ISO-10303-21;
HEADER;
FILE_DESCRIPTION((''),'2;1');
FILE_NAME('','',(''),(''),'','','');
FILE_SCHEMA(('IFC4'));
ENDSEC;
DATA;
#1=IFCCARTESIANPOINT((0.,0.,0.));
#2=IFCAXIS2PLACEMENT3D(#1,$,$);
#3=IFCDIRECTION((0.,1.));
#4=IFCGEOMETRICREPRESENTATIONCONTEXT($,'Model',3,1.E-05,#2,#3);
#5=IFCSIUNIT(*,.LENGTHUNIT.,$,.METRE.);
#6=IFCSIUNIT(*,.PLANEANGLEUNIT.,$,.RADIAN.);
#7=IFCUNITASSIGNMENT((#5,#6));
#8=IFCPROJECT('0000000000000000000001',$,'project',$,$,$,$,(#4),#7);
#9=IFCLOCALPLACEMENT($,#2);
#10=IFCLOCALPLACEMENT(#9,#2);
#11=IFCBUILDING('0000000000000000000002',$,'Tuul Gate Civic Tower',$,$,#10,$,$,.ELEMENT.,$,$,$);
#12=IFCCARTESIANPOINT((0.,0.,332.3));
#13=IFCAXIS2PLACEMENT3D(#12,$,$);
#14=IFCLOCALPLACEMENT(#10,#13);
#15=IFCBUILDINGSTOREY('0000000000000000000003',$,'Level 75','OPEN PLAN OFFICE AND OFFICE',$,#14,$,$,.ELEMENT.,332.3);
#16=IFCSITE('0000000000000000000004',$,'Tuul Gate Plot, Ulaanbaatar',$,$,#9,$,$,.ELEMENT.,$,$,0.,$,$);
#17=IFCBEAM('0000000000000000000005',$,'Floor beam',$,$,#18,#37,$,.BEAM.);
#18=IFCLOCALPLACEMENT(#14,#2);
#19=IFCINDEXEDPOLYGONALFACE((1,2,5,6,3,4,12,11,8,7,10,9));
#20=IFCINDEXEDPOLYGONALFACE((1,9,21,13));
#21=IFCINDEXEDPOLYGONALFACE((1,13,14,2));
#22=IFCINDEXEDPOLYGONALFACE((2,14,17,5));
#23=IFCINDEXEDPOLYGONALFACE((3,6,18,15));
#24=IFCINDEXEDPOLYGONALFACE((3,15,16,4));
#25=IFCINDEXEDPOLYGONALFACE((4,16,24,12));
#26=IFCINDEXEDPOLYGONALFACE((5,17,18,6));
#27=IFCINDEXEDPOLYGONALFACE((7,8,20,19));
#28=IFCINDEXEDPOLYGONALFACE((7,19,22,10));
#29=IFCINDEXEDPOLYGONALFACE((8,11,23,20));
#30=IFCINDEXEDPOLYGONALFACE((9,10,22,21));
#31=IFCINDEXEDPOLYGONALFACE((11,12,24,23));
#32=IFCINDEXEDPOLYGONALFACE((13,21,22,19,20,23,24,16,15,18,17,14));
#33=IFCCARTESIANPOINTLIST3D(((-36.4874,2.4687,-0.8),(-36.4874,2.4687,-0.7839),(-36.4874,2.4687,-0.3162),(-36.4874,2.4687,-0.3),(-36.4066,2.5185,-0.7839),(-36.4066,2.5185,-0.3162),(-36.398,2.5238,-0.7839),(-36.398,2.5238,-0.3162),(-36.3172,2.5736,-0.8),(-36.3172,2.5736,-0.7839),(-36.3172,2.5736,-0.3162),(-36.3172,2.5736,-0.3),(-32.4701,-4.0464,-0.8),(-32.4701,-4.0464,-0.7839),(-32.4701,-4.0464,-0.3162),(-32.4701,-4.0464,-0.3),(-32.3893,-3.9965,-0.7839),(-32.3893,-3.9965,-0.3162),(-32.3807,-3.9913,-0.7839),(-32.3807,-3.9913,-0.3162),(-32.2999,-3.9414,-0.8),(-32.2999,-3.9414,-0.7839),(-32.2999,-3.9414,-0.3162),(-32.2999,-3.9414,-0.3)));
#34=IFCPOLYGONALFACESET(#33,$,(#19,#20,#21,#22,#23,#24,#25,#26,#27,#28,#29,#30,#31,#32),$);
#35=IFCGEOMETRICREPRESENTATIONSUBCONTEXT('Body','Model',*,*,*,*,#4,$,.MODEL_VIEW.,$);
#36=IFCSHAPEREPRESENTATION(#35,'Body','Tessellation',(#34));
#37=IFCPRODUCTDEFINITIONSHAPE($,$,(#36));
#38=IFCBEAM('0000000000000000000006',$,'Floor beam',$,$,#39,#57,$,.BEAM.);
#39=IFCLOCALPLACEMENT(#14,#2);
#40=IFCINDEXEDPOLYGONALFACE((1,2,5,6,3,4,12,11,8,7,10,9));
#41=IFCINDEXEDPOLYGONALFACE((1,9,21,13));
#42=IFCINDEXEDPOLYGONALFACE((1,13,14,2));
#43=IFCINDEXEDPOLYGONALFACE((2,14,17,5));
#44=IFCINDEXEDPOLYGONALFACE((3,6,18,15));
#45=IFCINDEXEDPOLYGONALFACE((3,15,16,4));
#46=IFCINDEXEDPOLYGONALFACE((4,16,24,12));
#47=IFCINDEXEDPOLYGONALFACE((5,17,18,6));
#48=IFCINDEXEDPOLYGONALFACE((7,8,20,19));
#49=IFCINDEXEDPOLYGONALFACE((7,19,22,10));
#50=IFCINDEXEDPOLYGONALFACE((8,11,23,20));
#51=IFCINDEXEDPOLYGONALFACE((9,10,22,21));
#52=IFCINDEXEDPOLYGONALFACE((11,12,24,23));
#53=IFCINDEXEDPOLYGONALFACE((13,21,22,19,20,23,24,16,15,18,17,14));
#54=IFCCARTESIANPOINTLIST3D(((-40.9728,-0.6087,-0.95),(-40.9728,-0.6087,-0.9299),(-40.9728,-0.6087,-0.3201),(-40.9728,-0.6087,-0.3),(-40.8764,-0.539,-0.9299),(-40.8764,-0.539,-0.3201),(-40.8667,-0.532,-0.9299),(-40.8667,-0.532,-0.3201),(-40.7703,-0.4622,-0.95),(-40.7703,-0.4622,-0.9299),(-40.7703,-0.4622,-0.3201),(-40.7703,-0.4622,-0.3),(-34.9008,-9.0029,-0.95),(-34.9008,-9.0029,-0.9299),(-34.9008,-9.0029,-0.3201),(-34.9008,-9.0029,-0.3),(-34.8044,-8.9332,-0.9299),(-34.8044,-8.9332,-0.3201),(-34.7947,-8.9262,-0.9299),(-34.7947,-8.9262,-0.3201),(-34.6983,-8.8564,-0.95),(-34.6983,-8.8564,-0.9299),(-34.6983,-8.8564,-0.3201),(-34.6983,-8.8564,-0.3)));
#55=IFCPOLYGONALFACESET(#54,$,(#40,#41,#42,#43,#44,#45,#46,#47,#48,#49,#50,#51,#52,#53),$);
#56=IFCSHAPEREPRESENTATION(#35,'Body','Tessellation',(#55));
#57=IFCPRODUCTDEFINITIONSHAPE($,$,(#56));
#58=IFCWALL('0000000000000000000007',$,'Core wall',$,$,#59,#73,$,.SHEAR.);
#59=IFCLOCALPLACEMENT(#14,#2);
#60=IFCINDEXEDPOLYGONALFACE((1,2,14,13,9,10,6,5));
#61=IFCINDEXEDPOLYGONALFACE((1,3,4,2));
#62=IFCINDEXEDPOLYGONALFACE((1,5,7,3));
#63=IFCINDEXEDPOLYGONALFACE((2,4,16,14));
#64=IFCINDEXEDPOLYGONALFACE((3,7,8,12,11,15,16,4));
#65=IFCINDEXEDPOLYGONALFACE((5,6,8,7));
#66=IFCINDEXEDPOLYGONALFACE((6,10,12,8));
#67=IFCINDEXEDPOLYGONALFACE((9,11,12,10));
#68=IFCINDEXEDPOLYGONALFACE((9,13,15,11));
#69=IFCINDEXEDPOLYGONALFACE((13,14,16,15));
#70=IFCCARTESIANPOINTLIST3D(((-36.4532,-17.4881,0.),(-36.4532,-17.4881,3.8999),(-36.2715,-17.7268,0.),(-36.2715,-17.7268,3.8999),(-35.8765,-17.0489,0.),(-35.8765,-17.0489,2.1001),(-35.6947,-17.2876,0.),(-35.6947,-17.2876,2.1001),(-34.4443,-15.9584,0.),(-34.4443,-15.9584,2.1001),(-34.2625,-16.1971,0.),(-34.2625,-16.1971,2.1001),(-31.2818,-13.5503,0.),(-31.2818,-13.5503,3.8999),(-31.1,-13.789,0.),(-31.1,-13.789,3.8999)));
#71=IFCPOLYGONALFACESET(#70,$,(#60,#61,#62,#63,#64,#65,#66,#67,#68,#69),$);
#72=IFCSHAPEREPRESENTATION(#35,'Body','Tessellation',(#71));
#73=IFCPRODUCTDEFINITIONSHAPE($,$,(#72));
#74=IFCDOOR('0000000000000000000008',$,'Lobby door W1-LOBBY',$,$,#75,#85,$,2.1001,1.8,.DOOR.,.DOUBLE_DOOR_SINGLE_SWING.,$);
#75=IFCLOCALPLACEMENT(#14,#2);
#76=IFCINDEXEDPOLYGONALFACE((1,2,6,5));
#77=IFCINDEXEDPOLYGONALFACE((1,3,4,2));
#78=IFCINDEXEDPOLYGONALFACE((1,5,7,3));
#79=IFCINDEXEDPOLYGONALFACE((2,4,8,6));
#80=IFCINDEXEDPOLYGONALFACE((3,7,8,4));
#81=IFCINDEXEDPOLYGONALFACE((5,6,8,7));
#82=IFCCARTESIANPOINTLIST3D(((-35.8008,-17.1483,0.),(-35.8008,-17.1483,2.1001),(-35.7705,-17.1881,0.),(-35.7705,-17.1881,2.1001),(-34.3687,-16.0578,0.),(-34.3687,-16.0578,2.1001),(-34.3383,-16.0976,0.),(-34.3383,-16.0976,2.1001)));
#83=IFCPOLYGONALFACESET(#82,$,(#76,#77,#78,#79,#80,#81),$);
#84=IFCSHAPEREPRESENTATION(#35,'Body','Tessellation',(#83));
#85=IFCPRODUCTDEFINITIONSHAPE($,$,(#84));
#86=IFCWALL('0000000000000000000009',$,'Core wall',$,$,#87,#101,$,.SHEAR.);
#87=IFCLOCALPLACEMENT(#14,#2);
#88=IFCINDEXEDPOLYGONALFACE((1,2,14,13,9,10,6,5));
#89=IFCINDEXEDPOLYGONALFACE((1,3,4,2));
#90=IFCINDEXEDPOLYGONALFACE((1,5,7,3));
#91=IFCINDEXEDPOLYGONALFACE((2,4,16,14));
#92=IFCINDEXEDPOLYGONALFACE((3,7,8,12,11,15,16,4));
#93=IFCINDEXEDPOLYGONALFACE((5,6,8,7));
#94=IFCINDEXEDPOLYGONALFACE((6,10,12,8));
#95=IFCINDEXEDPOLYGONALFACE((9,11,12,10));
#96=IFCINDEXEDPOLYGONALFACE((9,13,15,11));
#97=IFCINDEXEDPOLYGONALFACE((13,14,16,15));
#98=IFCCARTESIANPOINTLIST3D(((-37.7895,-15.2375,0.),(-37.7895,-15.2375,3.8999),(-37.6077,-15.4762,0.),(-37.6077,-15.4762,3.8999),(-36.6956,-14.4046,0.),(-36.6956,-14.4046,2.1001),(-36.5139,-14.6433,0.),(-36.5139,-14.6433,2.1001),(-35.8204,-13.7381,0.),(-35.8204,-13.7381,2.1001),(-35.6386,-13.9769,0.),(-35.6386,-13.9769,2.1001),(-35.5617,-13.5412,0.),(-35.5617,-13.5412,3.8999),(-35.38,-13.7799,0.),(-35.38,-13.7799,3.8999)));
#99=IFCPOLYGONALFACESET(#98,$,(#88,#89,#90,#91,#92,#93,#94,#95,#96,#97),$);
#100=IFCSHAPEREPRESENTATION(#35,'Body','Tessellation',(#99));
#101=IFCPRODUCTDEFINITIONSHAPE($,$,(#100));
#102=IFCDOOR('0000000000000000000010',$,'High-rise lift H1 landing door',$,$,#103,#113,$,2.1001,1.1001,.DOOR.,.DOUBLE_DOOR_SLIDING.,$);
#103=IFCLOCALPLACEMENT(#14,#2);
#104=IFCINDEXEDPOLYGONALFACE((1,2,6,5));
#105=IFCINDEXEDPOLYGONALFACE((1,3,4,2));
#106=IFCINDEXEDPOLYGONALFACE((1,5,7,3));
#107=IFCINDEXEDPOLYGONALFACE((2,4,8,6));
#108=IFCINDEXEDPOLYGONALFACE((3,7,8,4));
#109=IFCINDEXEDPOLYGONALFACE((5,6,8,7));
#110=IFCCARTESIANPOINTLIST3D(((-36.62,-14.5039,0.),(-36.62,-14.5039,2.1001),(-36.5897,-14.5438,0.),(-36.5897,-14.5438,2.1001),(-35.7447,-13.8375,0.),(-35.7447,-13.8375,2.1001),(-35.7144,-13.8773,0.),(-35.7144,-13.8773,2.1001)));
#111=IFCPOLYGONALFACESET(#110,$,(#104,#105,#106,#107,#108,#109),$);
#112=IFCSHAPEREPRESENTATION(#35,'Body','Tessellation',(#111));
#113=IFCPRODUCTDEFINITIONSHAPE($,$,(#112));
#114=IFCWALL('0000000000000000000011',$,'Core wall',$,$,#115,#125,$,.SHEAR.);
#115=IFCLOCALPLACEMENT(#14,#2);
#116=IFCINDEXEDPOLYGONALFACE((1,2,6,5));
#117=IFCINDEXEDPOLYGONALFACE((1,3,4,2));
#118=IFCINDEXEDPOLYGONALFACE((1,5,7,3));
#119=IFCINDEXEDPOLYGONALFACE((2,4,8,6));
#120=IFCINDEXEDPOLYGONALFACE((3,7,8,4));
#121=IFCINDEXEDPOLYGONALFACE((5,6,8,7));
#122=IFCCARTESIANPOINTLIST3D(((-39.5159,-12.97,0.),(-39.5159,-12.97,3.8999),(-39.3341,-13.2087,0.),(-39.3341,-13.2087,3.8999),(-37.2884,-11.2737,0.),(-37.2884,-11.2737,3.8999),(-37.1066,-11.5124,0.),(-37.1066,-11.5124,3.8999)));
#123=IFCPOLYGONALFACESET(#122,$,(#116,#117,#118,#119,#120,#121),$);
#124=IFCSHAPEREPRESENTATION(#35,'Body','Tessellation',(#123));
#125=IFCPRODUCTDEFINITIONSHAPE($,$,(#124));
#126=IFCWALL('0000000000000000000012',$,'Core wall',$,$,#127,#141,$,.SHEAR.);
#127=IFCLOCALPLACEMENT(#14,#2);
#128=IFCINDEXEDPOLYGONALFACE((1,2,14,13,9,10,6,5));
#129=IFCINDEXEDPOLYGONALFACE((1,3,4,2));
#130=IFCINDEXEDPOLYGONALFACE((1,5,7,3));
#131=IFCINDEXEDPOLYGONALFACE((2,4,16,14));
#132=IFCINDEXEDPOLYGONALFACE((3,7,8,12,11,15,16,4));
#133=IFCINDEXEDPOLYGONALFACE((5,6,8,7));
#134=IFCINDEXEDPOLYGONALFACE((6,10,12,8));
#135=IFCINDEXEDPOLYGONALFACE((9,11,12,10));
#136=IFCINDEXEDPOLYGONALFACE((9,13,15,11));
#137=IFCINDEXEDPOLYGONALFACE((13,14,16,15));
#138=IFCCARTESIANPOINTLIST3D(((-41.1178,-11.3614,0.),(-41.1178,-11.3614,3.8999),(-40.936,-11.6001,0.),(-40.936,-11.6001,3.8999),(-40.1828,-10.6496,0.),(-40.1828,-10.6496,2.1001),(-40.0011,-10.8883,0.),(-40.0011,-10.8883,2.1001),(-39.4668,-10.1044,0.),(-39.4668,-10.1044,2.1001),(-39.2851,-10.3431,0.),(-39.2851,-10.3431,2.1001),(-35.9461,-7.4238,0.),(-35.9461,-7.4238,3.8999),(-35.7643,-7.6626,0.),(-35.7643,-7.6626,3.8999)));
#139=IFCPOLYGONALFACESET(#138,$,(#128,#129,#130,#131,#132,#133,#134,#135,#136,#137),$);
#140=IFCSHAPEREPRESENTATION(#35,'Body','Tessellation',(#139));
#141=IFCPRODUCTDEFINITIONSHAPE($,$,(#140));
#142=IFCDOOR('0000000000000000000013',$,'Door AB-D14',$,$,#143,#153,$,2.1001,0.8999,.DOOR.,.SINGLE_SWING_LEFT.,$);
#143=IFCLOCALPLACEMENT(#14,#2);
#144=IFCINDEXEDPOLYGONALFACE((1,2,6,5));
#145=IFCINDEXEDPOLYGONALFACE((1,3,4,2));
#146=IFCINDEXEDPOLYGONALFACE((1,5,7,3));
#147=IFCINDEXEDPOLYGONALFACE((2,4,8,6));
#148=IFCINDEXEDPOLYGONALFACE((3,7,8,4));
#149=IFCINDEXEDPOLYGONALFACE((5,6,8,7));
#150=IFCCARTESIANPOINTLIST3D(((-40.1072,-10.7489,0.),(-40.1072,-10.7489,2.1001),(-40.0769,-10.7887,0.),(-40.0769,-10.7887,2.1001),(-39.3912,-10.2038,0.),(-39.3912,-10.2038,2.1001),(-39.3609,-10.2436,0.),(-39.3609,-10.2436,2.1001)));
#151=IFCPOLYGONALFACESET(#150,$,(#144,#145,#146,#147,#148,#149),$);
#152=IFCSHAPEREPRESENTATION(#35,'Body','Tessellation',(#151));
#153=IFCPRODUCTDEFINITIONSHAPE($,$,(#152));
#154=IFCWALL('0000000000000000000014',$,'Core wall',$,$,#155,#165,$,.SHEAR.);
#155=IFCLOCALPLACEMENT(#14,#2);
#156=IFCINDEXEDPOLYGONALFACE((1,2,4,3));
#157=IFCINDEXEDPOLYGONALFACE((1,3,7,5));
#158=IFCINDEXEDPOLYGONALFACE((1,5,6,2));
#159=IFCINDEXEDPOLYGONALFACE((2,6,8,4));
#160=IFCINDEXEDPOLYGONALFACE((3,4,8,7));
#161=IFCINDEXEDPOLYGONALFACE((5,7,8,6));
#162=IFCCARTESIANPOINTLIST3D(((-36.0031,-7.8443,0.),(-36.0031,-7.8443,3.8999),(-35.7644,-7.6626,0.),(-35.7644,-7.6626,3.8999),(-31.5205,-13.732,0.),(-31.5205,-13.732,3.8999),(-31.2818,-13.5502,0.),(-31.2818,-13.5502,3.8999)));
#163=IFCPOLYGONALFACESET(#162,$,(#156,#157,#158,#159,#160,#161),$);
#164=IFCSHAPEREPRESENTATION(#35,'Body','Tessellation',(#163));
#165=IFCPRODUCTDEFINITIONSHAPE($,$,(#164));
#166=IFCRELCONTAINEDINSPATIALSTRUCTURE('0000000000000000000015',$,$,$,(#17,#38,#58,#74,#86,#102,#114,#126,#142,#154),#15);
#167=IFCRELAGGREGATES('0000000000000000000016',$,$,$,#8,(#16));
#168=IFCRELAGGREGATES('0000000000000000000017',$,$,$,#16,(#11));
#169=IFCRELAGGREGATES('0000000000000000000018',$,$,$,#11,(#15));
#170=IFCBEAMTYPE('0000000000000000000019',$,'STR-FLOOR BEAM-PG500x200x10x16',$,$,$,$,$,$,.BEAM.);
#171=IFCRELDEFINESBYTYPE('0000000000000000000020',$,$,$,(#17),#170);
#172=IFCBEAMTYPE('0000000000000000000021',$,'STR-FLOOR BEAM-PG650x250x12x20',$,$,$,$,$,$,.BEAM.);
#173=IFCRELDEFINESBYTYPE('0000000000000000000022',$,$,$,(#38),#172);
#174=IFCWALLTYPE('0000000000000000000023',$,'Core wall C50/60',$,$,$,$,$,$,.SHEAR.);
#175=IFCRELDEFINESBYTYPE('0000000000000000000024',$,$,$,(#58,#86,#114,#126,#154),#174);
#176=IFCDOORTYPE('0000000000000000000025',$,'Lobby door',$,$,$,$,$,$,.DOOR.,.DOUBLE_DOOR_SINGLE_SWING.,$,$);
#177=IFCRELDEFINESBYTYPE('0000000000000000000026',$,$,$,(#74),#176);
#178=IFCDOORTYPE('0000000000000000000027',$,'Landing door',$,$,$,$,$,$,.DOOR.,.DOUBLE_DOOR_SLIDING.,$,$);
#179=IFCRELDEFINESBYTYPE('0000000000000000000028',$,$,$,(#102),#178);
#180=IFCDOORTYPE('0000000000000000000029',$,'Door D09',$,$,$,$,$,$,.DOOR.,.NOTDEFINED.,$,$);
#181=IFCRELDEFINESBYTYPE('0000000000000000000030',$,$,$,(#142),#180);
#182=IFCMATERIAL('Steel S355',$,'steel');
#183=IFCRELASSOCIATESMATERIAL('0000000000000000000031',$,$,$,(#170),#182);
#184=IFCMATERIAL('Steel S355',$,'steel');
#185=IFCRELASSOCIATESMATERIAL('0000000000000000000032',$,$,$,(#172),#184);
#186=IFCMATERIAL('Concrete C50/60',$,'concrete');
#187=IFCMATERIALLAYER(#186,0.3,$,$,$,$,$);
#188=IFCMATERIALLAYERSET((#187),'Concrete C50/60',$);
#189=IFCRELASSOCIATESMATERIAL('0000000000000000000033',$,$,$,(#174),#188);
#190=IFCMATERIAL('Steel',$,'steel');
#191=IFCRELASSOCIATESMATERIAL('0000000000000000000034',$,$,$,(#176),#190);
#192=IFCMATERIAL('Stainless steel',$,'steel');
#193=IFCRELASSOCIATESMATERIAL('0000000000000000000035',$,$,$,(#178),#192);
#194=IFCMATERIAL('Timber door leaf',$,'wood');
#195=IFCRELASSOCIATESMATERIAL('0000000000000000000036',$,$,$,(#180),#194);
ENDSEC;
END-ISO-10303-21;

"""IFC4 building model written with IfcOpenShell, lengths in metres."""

from ifc_helpers import new_model, si_unit, direction, frame, frame_2d, origin, origin_2d, place, context, subcontext, project, spatial, rectangle, i_section, extrude, material, layer, layer_set, material_profile, profile_set, type_object, element, fill, save


model = new_model("IFC4")

# Units and contexts
model_context = context("Model", 3, precision=1e-05, world=origin(), true_north=direction((0.0, 1.0)))
body_context = subcontext(model_context, "Body", "Model", "MODEL_VIEW")
ifc_project = project(units=[si_unit("LENGTHUNIT", "METRE"), si_unit("PLANEANGLEUNIT", "RADIAN")], contexts=[model_context])

# Site, building, storey
site_placement = place(None, origin())
site = spatial("IfcSite", under=ifc_project, at=site_placement, Name="Tuul Gate Plot, Ulaanbaatar", CompositionType="ELEMENT", RefElevation=0.0)
building_placement = place(site_placement, origin())
building = spatial("IfcBuilding", under=site, at=building_placement, Name="Tuul Gate Civic Tower", CompositionType="ELEMENT")
storey_placement = place(building_placement, frame((0.0, 0.0, 332.3)))
storey = spatial("IfcBuildingStorey", under=building, at=storey_placement, Name="Level 75", Description="OPEN PLAN OFFICE AND OFFICE", CompositionType="ELEMENT", Elevation=332.3)

# Beams
ifc_material_1 = material(Name="Steel S355", Category="steel")
ifc_material_profile_1 = material_profile(ifc_material_1, i_section(OverallWidth=0.2, OverallDepth=0.5, WebThickness=0.01, FlangeThickness=0.0161, at=origin_2d()), Name="PG500x200x10x16")
ifc_profile_set_1 = profile_set([ifc_material_profile_1], Name="Steel S355")
beam_type_1 = type_object("IfcBeamType", Name="STR-FLOOR BEAM-PG500x200x10x16", PredefinedType="BEAM", material=ifc_profile_set_1)
beam_1_placement = place(storey_placement, frame((-32.385, -3.9939, -0.55), z_axis=(-0.524857, 0.85119, 0.0), x_axis=(-0.85119, -0.524857, 0.0)))
element("IfcBeam", 1, at=beam_1_placement, inside=storey, type_object=beam_type_1, Name="Floor beam", PredefinedType="BEAM", context=body_context, shape_type="SweptSolid", body=[
    extrude(i_section(OverallWidth=0.2, OverallDepth=0.5, WebThickness=0.01, FlangeThickness=0.0161, at=origin_2d()), origin(), (0.0, 0.0, 1.0), 7.6541),
])
ifc_material_2 = material(Name="Steel S355", Category="steel")
ifc_material_profile_2 = material_profile(ifc_material_2, i_section(OverallWidth=0.25, OverallDepth=0.6499, WebThickness=0.012, FlangeThickness=0.02, at=origin_2d()), Name="PG650x250x12x20")
ifc_profile_set_2 = profile_set([ifc_material_profile_2], Name="Steel S355")
beam_type_2 = type_object("IfcBeamType", Name="STR-FLOOR BEAM-PG650x250x12x20", PredefinedType="BEAM", material=ifc_profile_set_2)
beam_2_placement = place(storey_placement, frame((-34.7996, -8.9297, -0.625), z_axis=(-0.586092, 0.810245, 0.0), x_axis=(-0.810245, -0.586092, 0.0)))
element("IfcBeam", 2, at=beam_2_placement, inside=storey, type_object=beam_type_2, Name="Floor beam", PredefinedType="BEAM", context=body_context, shape_type="SweptSolid", body=[
    extrude(i_section(OverallWidth=0.25, OverallDepth=0.6499, WebThickness=0.012, FlangeThickness=0.02, at=origin_2d()), origin(), (0.0, 0.0, 1.0), 10.3601),
])

# Walls, openings, doors
ifc_material_3 = material(Name="Concrete C50/60", Category="concrete")
ifc_layer_1 = layer(ifc_material_3, 0.3)
ifc_layer_set_1 = layer_set([ifc_layer_1], Name="Concrete C50/60")
wall_type_1 = type_object("IfcWallType", Name="Core wall C50/60", PredefinedType="SHEAR", material=ifc_layer_set_1)
wall_1_placement = place(storey_placement, frame((-31.1909, -13.6697, 0.0), z_axis=(0.0, 0.0, 1.0), x_axis=(-0.795607, -0.605813, 0.0)))
wall_1 = element("IfcWall", 3, at=wall_1_placement, inside=storey, type_object=wall_type_1, Name="Core wall", PredefinedType="SHEAR", context=body_context, shape_type="SweptSolid", body=[
    extrude(rectangle(XDim=6.5, YDim=0.3, at=frame_2d((3.25, 0.0))), origin(), (0.0, 0.0, 1.0), 3.8999),
])
opening_1_placement = place(wall_1_placement, frame((3.9751, 0.0, 0.0)))
opening_1 = element("IfcOpeningElement", 4, at=opening_1_placement, cuts=wall_1, PredefinedType="OPENING", context=body_context, shape_type="SweptSolid", body=[
    extrude(rectangle(XDim=1.8, YDim=2.1001, at=frame_2d((0.8999, 1.05))), frame((0.0, 0.1602, 0.0), z_axis=(0.0, -1.0, 0.0), x_axis=(1.0, 0.0, 0.0)), (0.0, 0.0, 1.0), 0.3201),
])
ifc_material_4 = material(Name="Steel", Category="steel")
door_type_1 = type_object("IfcDoorType", Name="Lobby door", OperationType="DOUBLE_DOOR_SINGLE_SWING", PredefinedType="DOOR", material=ifc_material_4)
door_1_placement = place(opening_1_placement, origin())
door_1 = element("IfcDoor", 5, at=door_1_placement, inside=storey, type_object=door_type_1, Name="Lobby door W1-LOBBY", OperationType="DOUBLE_DOOR_SINGLE_SWING", OverallHeight=2.1001, OverallWidth=1.8, PredefinedType="DOOR", context=body_context, shape_type="SweptSolid", body=[
    extrude(rectangle(XDim=1.8, YDim=2.1001, at=frame_2d((0.8999, 1.05))), frame((0.0, 0.0249, 0.0), z_axis=(0.0, -1.0, 0.0), x_axis=(1.0, 0.0, 0.0)), (0.0, 0.0, 1.0), 0.05),
])
fill(opening_1, door_1)
wall_2_placement = place(storey_placement, frame((-35.4709, -13.6606, 0.0), z_axis=(0.0, 0.0, 1.0), x_axis=(-0.795616, -0.605802, 0.0)))
wall_2 = element("IfcWall", 6, at=wall_2_placement, inside=storey, type_object=wall_type_1, Name="Core wall", PredefinedType="SHEAR", context=body_context, shape_type="SweptSolid", body=[
    extrude(rectangle(XDim=2.8, YDim=0.3, at=frame_2d((1.3999, 0.0))), origin(), (0.0, 0.0, 1.0), 3.8999),
])
opening_2_placement = place(wall_2_placement, frame((0.325, 0.0, 0.0)))
opening_2 = element("IfcOpeningElement", 7, at=opening_2_placement, cuts=wall_2, PredefinedType="OPENING", context=body_context, shape_type="SweptSolid", body=[
    extrude(rectangle(XDim=1.1001, YDim=2.1001, at=frame_2d((0.55, 1.05))), frame((0.0, 0.1602, 0.0), z_axis=(0.0, -1.0, 0.0), x_axis=(1.0, 0.0, 0.0)), (0.0, 0.0, 1.0), 0.3201),
])
ifc_material_5 = material(Name="Stainless steel", Category="steel")
door_type_2 = type_object("IfcDoorType", Name="Landing door", OperationType="DOUBLE_DOOR_SLIDING", PredefinedType="DOOR", material=ifc_material_5)
door_2_placement = place(opening_2_placement, origin())
door_2 = element("IfcDoor", 8, at=door_2_placement, inside=storey, type_object=door_type_2, Name="High-rise lift H1 landing door", OperationType="DOUBLE_DOOR_SLIDING", OverallHeight=2.1001, OverallWidth=1.1001, PredefinedType="DOOR", context=body_context, shape_type="SweptSolid", body=[
    extrude(rectangle(XDim=1.1001, YDim=2.1001, at=frame_2d((0.55, 1.05))), frame((0.0, 0.0249, 0.0), z_axis=(0.0, -1.0, 0.0), x_axis=(1.0, 0.0, 0.0)), (0.0, 0.0, 1.0), 0.05),
])
fill(opening_2, door_2)

# Wall
wall_3_placement = place(storey_placement, frame((-37.1975, -11.3931, 0.0), z_axis=(0.0, 0.0, 1.0), x_axis=(-0.795584, -0.605844, 0.0)))
element("IfcWall", 9, at=wall_3_placement, inside=storey, type_object=wall_type_1, Name="Core wall", PredefinedType="SHEAR", context=body_context, shape_type="SweptSolid", body=[
    extrude(rectangle(XDim=2.7998, YDim=0.3, at=frame_2d((1.3999, 0.0))), origin(), (0.0, 0.0, 1.0), 3.8999),
])

# Wall, opening, door
wall_4_placement = place(storey_placement, frame((-35.8552, -7.5432, 0.0), z_axis=(0.0, 0.0, 1.0), x_axis=(-0.795639, -0.605772, 0.0)))
wall_4 = element("IfcWall", 10, at=wall_4_placement, inside=storey, type_object=wall_type_1, Name="Core wall", PredefinedType="SHEAR", context=body_context, shape_type="SweptSolid", body=[
    extrude(rectangle(XDim=6.5, YDim=0.3, at=frame_2d((3.25, 0.0))), origin(), (0.0, 0.0, 1.0), 3.8999),
])
opening_3_placement = place(wall_4_placement, frame((4.425, 0.0, 0.0)))
opening_3 = element("IfcOpeningElement", 11, at=opening_3_placement, cuts=wall_4, PredefinedType="OPENING", context=body_context, shape_type="SweptSolid", body=[
    extrude(rectangle(XDim=0.8999, YDim=2.1001, at=frame_2d((0.45, 1.05))), frame((0.0, 0.1602, 0.0), z_axis=(0.0, -1.0, 0.0), x_axis=(1.0, 0.0, 0.0)), (0.0, 0.0, 1.0), 0.3201),
])
ifc_material_6 = material(Name="Timber door leaf", Category="wood")
door_type_3 = type_object("IfcDoorType", Name="Door D09", OperationType="NOTDEFINED", PredefinedType="DOOR", material=ifc_material_6)
door_3_placement = place(opening_3_placement, origin())
door_3 = element("IfcDoor", 12, at=door_3_placement, inside=storey, type_object=door_type_3, Name="Door AB-D14", OperationType="SINGLE_SWING_LEFT", OverallHeight=2.1001, OverallWidth=0.8999, PredefinedType="DOOR", context=body_context, shape_type="SweptSolid", body=[
    extrude(rectangle(XDim=0.8999, YDim=2.1001, at=frame_2d((0.45, 1.05))), frame((0.0, 0.0249, 0.0), z_axis=(0.0, -1.0, 0.0), x_axis=(1.0, 0.0, 0.0)), (0.0, 0.0, 1.0), 0.05),
])
fill(opening_3, door_3)

# Wall
wall_5_placement = place(storey_placement, frame((-31.4011, -13.6411, 0.0), z_axis=(0.0, 0.0, 1.0), x_axis=(-0.60577, 0.79564, 0.0)))
element("IfcWall", 13, at=wall_5_placement, inside=storey, type_object=wall_type_1, Name="Core wall", PredefinedType="SHEAR", context=body_context, shape_type="SweptSolid", body=[
    extrude(rectangle(XDim=7.3999, YDim=0.3, at=frame_2d((3.7, 0.0))), origin(), (0.0, 0.0, 1.0), 3.8999),
])

save(model, "model.ifc")
